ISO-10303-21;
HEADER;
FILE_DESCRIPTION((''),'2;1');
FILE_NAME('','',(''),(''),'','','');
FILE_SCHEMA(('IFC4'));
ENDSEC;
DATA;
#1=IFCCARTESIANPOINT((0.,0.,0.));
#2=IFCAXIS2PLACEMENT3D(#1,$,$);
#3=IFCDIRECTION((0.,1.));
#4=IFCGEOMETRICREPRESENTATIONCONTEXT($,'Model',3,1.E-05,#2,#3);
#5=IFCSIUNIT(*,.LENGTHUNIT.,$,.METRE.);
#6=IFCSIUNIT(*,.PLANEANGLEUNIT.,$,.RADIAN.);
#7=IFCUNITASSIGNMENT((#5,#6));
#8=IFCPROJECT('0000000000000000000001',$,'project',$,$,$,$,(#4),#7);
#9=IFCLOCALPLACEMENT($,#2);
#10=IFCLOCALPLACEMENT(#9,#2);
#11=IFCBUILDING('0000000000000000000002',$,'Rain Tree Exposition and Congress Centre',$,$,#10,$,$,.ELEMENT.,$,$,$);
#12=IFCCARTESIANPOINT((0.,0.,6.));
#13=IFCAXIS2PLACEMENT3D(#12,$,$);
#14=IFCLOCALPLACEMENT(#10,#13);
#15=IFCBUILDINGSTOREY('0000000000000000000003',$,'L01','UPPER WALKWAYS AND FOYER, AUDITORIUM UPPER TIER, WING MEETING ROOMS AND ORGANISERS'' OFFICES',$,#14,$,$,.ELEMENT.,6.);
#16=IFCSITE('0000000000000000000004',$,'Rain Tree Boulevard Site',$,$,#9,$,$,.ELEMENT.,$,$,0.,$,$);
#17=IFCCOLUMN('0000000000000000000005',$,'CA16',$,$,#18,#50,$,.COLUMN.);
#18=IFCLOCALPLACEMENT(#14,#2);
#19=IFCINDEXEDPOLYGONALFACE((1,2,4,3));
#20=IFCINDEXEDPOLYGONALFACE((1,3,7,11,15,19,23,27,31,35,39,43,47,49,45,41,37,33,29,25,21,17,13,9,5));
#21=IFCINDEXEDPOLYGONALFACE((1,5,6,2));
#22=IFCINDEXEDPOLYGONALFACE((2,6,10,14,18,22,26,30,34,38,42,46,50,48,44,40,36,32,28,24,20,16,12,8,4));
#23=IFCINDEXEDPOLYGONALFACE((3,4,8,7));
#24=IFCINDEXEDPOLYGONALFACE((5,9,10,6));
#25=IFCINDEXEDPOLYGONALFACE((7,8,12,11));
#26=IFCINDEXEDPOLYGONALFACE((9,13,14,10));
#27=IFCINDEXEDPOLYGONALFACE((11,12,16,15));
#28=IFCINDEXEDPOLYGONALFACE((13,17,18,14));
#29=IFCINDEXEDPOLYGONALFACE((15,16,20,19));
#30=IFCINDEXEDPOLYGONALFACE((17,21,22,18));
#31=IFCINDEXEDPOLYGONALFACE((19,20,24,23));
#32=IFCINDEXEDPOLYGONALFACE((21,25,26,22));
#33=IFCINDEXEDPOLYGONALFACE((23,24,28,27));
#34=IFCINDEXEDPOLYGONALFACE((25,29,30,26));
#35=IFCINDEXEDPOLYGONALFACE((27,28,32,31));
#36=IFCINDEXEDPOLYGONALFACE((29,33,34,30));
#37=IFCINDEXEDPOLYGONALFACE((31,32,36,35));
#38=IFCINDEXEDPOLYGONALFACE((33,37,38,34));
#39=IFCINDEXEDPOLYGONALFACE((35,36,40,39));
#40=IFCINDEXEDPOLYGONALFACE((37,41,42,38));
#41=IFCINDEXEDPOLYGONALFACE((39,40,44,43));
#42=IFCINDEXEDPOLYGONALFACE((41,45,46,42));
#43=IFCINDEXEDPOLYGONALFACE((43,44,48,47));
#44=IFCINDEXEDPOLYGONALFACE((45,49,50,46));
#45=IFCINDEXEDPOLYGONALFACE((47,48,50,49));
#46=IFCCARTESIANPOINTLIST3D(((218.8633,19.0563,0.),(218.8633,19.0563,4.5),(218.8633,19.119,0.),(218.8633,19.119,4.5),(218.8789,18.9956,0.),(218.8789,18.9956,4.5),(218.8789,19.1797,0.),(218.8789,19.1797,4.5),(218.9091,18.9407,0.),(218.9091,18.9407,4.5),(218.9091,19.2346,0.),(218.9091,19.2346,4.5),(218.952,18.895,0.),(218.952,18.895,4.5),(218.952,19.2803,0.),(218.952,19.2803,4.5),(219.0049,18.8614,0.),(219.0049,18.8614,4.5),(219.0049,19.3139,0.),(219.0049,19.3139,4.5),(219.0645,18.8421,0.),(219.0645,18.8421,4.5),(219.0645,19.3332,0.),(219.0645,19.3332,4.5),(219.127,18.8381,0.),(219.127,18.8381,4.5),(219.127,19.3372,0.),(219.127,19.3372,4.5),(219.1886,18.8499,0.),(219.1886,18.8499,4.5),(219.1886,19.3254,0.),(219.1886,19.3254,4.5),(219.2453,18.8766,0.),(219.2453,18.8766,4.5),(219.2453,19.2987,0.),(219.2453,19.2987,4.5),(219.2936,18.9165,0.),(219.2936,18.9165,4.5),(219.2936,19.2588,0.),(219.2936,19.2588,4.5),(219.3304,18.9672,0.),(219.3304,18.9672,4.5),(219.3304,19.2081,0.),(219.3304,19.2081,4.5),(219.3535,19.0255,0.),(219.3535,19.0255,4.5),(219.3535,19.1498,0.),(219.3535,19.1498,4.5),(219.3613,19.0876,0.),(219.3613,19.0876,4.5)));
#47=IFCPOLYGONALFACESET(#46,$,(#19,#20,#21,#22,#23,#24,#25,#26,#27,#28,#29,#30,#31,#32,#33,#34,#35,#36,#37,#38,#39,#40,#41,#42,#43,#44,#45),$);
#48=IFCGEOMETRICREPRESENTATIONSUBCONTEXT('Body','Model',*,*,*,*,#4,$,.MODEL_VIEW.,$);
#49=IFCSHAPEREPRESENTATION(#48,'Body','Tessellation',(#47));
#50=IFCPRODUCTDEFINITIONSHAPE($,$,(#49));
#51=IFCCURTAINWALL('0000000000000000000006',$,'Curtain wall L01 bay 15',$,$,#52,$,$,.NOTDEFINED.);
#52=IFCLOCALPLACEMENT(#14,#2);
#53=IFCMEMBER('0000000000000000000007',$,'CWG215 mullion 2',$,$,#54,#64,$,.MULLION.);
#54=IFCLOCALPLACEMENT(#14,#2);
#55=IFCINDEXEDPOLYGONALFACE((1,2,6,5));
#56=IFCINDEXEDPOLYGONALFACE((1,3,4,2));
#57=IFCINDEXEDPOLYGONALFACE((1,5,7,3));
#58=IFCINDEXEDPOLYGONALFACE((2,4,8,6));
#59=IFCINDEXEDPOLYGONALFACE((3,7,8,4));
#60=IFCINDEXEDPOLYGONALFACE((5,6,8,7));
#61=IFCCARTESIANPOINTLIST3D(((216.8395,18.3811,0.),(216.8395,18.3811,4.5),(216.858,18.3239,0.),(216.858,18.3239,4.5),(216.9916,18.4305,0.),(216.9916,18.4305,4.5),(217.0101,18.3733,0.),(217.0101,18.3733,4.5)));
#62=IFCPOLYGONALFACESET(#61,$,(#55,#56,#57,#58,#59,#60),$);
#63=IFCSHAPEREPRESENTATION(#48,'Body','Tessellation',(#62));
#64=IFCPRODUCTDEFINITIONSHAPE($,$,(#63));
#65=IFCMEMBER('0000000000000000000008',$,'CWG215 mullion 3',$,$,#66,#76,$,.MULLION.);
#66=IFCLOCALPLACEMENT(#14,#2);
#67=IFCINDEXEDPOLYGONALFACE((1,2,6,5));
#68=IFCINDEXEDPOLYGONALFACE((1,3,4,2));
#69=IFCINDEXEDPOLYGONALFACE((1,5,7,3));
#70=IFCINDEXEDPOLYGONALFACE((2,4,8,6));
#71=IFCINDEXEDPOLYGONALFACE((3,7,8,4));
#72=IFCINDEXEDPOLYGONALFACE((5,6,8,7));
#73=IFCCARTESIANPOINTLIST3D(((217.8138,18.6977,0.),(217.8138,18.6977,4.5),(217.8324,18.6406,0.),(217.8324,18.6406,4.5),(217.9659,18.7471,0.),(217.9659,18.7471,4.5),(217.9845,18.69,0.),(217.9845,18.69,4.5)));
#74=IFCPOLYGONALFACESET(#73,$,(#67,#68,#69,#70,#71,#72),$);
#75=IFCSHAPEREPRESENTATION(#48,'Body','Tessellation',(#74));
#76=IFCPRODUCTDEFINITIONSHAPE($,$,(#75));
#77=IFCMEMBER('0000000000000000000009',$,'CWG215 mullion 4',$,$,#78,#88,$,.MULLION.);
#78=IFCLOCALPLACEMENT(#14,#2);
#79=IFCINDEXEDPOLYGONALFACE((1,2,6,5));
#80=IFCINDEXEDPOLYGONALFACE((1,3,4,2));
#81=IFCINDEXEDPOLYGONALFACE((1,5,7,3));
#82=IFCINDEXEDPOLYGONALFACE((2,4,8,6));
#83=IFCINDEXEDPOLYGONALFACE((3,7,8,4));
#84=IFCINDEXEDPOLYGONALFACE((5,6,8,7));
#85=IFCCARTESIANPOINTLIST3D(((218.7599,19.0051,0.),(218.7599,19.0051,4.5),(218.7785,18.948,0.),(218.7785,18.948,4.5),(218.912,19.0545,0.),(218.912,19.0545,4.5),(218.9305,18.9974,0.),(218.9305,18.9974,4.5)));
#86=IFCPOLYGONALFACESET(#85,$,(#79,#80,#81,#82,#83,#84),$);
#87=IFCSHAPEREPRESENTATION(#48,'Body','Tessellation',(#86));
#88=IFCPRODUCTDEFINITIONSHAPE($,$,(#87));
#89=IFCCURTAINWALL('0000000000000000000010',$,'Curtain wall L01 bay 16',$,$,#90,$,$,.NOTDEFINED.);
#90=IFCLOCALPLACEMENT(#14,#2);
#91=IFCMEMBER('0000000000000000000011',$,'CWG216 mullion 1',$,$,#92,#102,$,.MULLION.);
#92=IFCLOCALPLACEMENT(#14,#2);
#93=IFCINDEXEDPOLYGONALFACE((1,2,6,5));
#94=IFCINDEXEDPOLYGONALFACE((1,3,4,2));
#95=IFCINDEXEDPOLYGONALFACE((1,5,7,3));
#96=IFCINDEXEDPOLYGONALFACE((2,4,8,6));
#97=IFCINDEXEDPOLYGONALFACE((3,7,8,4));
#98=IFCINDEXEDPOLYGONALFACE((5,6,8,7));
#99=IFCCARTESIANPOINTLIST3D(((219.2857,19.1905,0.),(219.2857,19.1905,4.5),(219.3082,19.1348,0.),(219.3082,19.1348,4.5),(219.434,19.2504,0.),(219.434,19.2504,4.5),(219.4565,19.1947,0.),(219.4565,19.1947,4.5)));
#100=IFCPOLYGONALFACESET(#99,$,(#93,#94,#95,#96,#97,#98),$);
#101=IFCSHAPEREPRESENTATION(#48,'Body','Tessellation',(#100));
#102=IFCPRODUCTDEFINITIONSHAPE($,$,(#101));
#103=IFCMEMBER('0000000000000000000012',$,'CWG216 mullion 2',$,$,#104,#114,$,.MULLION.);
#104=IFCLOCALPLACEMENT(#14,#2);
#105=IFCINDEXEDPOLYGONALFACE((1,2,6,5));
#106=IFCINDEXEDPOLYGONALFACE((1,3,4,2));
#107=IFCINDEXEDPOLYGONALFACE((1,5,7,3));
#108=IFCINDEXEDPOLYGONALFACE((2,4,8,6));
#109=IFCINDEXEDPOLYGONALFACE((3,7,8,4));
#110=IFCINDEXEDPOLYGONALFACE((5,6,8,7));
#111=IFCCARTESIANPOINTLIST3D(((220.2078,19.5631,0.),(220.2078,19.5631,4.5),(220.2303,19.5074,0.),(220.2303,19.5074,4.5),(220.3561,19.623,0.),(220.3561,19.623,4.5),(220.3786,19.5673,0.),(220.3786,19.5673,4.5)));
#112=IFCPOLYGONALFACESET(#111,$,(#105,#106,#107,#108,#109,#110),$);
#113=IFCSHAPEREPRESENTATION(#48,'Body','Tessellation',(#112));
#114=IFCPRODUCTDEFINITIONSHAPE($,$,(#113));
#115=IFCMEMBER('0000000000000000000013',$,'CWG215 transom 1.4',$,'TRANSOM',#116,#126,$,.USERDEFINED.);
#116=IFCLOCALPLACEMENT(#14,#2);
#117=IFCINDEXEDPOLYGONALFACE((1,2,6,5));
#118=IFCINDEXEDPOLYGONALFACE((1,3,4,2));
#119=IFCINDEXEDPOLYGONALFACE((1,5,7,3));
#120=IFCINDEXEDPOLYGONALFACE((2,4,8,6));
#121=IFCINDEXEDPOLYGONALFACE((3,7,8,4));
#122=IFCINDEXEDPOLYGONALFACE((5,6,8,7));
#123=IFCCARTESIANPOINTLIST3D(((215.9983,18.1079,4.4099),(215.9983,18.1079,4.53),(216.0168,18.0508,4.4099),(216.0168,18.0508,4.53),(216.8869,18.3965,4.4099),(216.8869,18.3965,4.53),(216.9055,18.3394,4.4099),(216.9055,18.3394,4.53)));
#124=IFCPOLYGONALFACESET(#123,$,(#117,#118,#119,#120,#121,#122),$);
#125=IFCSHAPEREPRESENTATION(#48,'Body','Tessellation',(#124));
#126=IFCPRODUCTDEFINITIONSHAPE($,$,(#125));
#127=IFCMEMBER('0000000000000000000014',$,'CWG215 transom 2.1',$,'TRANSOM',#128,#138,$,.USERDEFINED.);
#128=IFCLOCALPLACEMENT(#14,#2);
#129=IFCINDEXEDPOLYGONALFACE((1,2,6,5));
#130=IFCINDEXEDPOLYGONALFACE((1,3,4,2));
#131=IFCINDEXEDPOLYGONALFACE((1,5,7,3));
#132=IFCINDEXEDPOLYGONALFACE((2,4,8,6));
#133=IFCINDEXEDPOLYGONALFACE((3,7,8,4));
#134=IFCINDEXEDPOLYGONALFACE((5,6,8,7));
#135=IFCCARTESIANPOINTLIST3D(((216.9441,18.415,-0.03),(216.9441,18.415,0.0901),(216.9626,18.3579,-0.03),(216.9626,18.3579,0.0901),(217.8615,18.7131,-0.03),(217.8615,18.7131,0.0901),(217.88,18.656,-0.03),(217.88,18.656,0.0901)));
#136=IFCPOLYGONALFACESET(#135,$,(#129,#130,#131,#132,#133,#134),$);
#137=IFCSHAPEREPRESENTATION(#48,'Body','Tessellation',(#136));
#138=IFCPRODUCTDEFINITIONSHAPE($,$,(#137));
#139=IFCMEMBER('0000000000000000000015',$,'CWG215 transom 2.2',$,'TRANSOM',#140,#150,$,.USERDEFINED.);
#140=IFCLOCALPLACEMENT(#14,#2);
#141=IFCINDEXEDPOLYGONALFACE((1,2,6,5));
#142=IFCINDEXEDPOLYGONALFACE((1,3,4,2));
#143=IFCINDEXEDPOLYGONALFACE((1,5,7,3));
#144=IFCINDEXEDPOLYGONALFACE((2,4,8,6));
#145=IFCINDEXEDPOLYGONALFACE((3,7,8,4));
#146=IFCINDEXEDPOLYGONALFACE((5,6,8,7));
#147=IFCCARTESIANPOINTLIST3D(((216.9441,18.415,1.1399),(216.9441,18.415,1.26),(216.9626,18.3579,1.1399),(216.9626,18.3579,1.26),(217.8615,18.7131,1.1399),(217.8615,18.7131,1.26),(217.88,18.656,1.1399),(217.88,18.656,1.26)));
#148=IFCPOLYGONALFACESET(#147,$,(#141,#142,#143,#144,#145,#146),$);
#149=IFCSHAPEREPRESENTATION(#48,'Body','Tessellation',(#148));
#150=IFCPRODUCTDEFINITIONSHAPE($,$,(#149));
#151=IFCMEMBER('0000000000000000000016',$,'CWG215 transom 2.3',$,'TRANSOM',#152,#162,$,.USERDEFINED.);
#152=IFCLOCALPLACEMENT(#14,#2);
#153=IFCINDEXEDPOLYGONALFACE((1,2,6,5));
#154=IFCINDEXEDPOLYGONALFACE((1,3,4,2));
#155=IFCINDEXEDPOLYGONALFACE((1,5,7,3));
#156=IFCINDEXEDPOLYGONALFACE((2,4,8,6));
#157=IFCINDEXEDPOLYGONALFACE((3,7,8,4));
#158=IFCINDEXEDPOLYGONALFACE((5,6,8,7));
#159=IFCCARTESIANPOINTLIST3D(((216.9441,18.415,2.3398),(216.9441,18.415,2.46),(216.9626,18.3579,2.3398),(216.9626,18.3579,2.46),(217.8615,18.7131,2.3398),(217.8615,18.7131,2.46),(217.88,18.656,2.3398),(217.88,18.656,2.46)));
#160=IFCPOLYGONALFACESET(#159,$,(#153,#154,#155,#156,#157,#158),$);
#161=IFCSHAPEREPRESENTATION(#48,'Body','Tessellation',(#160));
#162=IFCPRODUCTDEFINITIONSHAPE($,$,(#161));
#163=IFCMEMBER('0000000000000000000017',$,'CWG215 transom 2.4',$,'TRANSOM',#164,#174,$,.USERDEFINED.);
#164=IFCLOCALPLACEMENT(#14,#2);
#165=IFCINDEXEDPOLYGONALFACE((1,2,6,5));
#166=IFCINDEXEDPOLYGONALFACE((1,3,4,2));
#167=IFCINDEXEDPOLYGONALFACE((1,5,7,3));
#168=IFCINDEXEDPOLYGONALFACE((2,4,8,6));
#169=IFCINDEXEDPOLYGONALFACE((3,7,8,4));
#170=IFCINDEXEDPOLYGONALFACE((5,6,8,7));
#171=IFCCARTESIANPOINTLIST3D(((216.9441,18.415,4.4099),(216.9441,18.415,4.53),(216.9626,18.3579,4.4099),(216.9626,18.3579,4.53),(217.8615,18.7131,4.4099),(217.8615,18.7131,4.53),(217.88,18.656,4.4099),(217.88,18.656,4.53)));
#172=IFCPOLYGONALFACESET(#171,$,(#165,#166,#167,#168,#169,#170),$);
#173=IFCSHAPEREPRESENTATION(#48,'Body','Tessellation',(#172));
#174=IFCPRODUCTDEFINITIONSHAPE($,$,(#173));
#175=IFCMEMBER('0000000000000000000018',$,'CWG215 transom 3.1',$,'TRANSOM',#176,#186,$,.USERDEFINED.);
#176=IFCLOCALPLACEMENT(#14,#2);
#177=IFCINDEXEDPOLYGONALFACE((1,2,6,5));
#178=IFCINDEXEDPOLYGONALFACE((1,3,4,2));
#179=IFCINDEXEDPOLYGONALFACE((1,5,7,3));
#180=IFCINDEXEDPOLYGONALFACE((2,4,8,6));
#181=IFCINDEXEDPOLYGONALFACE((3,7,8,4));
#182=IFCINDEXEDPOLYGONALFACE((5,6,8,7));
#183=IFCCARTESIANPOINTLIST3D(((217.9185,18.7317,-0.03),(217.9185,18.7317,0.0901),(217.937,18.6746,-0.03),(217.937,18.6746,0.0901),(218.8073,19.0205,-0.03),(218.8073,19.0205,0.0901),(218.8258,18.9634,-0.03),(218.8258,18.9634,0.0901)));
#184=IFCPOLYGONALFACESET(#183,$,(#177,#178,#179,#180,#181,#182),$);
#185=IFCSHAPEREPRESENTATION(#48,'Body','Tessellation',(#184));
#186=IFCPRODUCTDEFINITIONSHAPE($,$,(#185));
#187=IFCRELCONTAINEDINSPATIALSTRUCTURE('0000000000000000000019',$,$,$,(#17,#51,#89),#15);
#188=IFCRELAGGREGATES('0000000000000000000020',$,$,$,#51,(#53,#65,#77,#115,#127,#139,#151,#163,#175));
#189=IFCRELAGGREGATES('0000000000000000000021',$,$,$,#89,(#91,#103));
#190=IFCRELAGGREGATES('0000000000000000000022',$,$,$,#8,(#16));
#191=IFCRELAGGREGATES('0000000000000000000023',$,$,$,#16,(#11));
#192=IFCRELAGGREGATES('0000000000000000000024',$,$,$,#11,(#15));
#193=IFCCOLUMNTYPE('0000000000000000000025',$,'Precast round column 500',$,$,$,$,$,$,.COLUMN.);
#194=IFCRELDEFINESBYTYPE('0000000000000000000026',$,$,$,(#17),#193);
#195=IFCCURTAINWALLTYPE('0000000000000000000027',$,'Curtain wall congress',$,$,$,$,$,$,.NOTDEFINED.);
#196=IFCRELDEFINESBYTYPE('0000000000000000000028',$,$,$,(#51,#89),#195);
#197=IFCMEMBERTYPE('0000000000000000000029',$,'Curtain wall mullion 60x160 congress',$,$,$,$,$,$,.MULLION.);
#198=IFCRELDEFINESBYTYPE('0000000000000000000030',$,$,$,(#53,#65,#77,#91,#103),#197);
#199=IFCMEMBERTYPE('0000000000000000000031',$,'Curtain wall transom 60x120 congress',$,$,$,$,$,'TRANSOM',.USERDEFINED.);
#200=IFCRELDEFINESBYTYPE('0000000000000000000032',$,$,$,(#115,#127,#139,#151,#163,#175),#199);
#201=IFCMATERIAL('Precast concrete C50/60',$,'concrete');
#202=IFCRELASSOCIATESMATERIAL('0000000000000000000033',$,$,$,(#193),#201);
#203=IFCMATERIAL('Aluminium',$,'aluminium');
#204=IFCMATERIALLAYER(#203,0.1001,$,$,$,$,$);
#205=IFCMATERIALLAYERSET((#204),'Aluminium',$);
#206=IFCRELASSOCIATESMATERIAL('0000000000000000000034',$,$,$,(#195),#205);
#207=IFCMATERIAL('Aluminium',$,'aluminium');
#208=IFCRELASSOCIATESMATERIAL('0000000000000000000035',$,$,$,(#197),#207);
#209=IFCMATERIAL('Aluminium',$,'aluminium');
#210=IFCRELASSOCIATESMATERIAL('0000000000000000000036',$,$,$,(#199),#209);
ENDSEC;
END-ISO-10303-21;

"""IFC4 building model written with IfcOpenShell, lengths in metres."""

from ifc_helpers import new_model, si_unit, direction, frame, origin, origin_2d, place, context, subcontext, project, spatial, rectangle, circle, extrude, material, layer, layer_set, material_profile, profile_set, type_object, element, aggregate, save


model = new_model("IFC4")

# Units and contexts
model_context = context("Model", 3, precision=1e-05, world=origin(), true_north=direction((0.0, 1.0)))
body_context = subcontext(model_context, "Body", "Model", "MODEL_VIEW")
ifc_project = project(units=[si_unit("LENGTHUNIT", "METRE"), si_unit("PLANEANGLEUNIT", "RADIAN")], contexts=[model_context])

# Site, building, storey
site_placement = place(None, origin())
site = spatial("IfcSite", under=ifc_project, at=site_placement, Name="Rain Tree Boulevard Site", CompositionType="ELEMENT", RefElevation=0.0)
building_placement = place(site_placement, origin())
building = spatial("IfcBuilding", under=site, at=building_placement, Name="Rain Tree Exposition and Congress Centre", CompositionType="ELEMENT")
storey_placement = place(building_placement, frame((0.0, 0.0, 6.0)))
storey = spatial("IfcBuildingStorey", under=building, at=storey_placement, Name="L01", Description="UPPER WALKWAYS AND FOYER, AUDITORIUM UPPER TIER, WING MEETING ROOMS AND ORGANISERS' OFFICES", CompositionType="ELEMENT", Elevation=6.0)

# Column
ifc_material_1 = material(Name="Precast concrete C50/60", Category="concrete")
ifc_material_profile_1 = material_profile(ifc_material_1, circle(Radius=0.25, at=origin_2d()), Name="RC D500")
ifc_profile_set_1 = profile_set([ifc_material_profile_1], Name="Precast concrete C50/60")
column_type = type_object("IfcColumnType", Name="Precast round column 500", PredefinedType="COLUMN", material=ifc_profile_set_1)
column_placement = place(storey_placement, frame((219.1113, 19.0876, 0.0), z_axis=(0.0, 0.0, 1.0), x_axis=(1.0, 0.0, 0.0)))
element("IfcColumn", 1, at=column_placement, inside=storey, type_object=column_type, Name="CA16", PredefinedType="COLUMN", context=body_context, shape_type="SweptSolid", body=[
    extrude(circle(Radius=0.25, at=origin_2d()), origin(), (0.0, 0.0, 1.0), 4.5),
])

# Curtain walls, members
ifc_material_2 = material(Name="Aluminium", Category="aluminium")
ifc_layer_1 = layer(ifc_material_2, 0.1001)
ifc_layer_set_1 = layer_set([ifc_layer_1], Name="Aluminium")
curtain_wall_type = type_object("IfcCurtainWallType", Name="Curtain wall congress", PredefinedType="NOTDEFINED", material=ifc_layer_set_1)
curtain_wall_1_placement = place(storey_placement, origin())
curtain_wall_1 = element("IfcCurtainWall", 2, at=curtain_wall_1_placement, inside=storey, type_object=curtain_wall_type, Name="Curtain wall L01 bay 15", PredefinedType="NOTDEFINED")
ifc_material_3 = material(Name="Aluminium", Category="aluminium")
ifc_material_profile_2 = material_profile(ifc_material_3, rectangle(XDim=0.0601, YDim=0.1599, at=origin_2d()), Name="AL 60x160")
ifc_profile_set_2 = profile_set([ifc_material_profile_2], Name="Aluminium")
member_type_1 = type_object("IfcMemberType", Name="Curtain wall mullion 60x160 congress", PredefinedType="MULLION", material=ifc_profile_set_2)
member_1_placement = place(storey_placement, frame((216.9248, 18.3772, 0.0), z_axis=(0.0, 0.0, 1.0), x_axis=(-0.309006, 0.95106, 0.0)))
member_1 = element("IfcMember", 3, at=member_1_placement, type_object=member_type_1, Name="CWG215 mullion 2", PredefinedType="MULLION", context=body_context, shape_type="SweptSolid", body=[
    extrude(rectangle(XDim=0.0601, YDim=0.1599, at=origin_2d()), origin(), (0.0, 0.0, 1.0), 4.5),
])
member_2_placement = place(storey_placement, frame((217.8992, 18.6938, 0.0), z_axis=(0.0, 0.0, 1.0), x_axis=(-0.309006, 0.95106, 0.0)))
member_2 = element("IfcMember", 4, at=member_2_placement, type_object=member_type_1, Name="CWG215 mullion 3", PredefinedType="MULLION", context=body_context, shape_type="SweptSolid", body=[
    extrude(rectangle(XDim=0.0601, YDim=0.1599, at=origin_2d()), origin(), (0.0, 0.0, 1.0), 4.5),
])
member_3_placement = place(storey_placement, frame((218.8452, 19.0012, 0.0), z_axis=(0.0, 0.0, 1.0), x_axis=(-0.309006, 0.95106, 0.0)))
member_3 = element("IfcMember", 5, at=member_3_placement, type_object=member_type_1, Name="CWG215 mullion 4", PredefinedType="MULLION", context=body_context, shape_type="SweptSolid", body=[
    extrude(rectangle(XDim=0.0601, YDim=0.1599, at=origin_2d()), origin(), (0.0, 0.0, 1.0), 4.5),
])
curtain_wall_2_placement = place(storey_placement, origin())
curtain_wall_2 = element("IfcCurtainWall", 6, at=curtain_wall_2_placement, inside=storey, type_object=curtain_wall_type, Name="Curtain wall L01 bay 16", PredefinedType="NOTDEFINED")
member_4_placement = place(storey_placement, frame((219.3711, 19.1926, 0.0), z_axis=(0.0, 0.0, 1.0), x_axis=(-0.374597, 0.927188, 0.0)))
member_4 = element("IfcMember", 7, at=member_4_placement, type_object=member_type_1, Name="CWG216 mullion 1", PredefinedType="MULLION", context=body_context, shape_type="SweptSolid", body=[
    extrude(rectangle(XDim=0.0601, YDim=0.1599, at=origin_2d()), origin(), (0.0, 0.0, 1.0), 4.5),
])
member_5_placement = place(storey_placement, frame((220.2932, 19.5652, 0.0), z_axis=(0.0, 0.0, 1.0), x_axis=(-0.374597, 0.927188, 0.0)))
member_5 = element("IfcMember", 8, at=member_5_placement, type_object=member_type_1, Name="CWG216 mullion 2", PredefinedType="MULLION", context=body_context, shape_type="SweptSolid", body=[
    extrude(rectangle(XDim=0.0601, YDim=0.1599, at=origin_2d()), origin(), (0.0, 0.0, 1.0), 4.5),
])

# Members
ifc_material_4 = material(Name="Aluminium", Category="aluminium")
ifc_material_profile_3 = material_profile(ifc_material_4, rectangle(XDim=0.0601, YDim=0.1201, at=origin_2d()), Name="AL 60x120")
ifc_profile_set_3 = profile_set([ifc_material_profile_3], Name="Aluminium")
member_type_2 = type_object("IfcMemberType", Name="Curtain wall transom 60x120 congress", ElementType="TRANSOM", PredefinedType="USERDEFINED", material=ifc_profile_set_3)
member_6_placement = place(storey_placement, frame((216.0076, 18.0793, 4.47), z_axis=(0.951111, 0.30885, 0.0), x_axis=(-0.30885, 0.951111, 0.0)))
member_6 = element("IfcMember", 9, at=member_6_placement, type_object=member_type_2, Name="CWG215 transom 1.4", ObjectType="TRANSOM", PredefinedType="USERDEFINED", context=body_context, shape_type="SweptSolid", body=[
    extrude(rectangle(XDim=0.0601, YDim=0.1201, at=origin_2d()), origin(), (0.0, 0.0, 1.0), 0.9343),
])
member_7_placement = place(storey_placement, frame((216.9534, 18.3865, 0.03), z_axis=(0.95106, 0.309006, 0.0), x_axis=(-0.309006, 0.95106, 0.0)))
member_7 = element("IfcMember", 10, at=member_7_placement, type_object=member_type_2, Name="CWG215 transom 2.1", ObjectType="TRANSOM", PredefinedType="USERDEFINED", context=body_context, shape_type="SweptSolid", body=[
    extrude(rectangle(XDim=0.0601, YDim=0.1201, at=origin_2d()), origin(), (0.0, 0.0, 1.0), 0.9646),
])
member_8_placement = place(storey_placement, frame((216.9534, 18.3865, 1.2), z_axis=(0.95106, 0.309006, 0.0), x_axis=(-0.309006, 0.95106, 0.0)))
member_8 = element("IfcMember", 11, at=member_8_placement, type_object=member_type_2, Name="CWG215 transom 2.2", ObjectType="TRANSOM", PredefinedType="USERDEFINED", context=body_context, shape_type="SweptSolid", body=[
    extrude(rectangle(XDim=0.0601, YDim=0.1201, at=origin_2d()), origin(), (0.0, 0.0, 1.0), 0.9646),
])
member_9_placement = place(storey_placement, frame((216.9534, 18.3865, 2.3999), z_axis=(0.95106, 0.309006, 0.0), x_axis=(-0.309006, 0.95106, 0.0)))
member_9 = element("IfcMember", 12, at=member_9_placement, type_object=member_type_2, Name="CWG215 transom 2.3", ObjectType="TRANSOM", PredefinedType="USERDEFINED", context=body_context, shape_type="SweptSolid", body=[
    extrude(rectangle(XDim=0.0601, YDim=0.1201, at=origin_2d()), origin(), (0.0, 0.0, 1.0), 0.9646),
])
member_10_placement = place(storey_placement, frame((216.9534, 18.3865, 4.47), z_axis=(0.95106, 0.309006, 0.0), x_axis=(-0.309006, 0.95106, 0.0)))
member_10 = element("IfcMember", 13, at=member_10_placement, type_object=member_type_2, Name="CWG215 transom 2.4", ObjectType="TRANSOM", PredefinedType="USERDEFINED", context=body_context, shape_type="SweptSolid", body=[
    extrude(rectangle(XDim=0.0601, YDim=0.1201, at=origin_2d()), origin(), (0.0, 0.0, 1.0), 0.9646),
])
member_11_placement = place(storey_placement, frame((217.9277, 18.7031, 0.03), z_axis=(0.951059, 0.309009, 0.0), x_axis=(-0.309009, 0.951059, 0.0)))
member_11 = element("IfcMember", 14, at=member_11_placement, type_object=member_type_2, Name="CWG215 transom 3.1", ObjectType="TRANSOM", PredefinedType="USERDEFINED", context=body_context, shape_type="SweptSolid", body=[
    extrude(rectangle(XDim=0.0601, YDim=0.1201, at=origin_2d()), origin(), (0.0, 0.0, 1.0), 0.9346),
])

aggregate(curtain_wall_1, [member_1, member_2, member_3, member_6, member_7, member_8, member_9, member_10, member_11])
aggregate(curtain_wall_2, [member_4, member_5])

save(model, "model.ifc")
